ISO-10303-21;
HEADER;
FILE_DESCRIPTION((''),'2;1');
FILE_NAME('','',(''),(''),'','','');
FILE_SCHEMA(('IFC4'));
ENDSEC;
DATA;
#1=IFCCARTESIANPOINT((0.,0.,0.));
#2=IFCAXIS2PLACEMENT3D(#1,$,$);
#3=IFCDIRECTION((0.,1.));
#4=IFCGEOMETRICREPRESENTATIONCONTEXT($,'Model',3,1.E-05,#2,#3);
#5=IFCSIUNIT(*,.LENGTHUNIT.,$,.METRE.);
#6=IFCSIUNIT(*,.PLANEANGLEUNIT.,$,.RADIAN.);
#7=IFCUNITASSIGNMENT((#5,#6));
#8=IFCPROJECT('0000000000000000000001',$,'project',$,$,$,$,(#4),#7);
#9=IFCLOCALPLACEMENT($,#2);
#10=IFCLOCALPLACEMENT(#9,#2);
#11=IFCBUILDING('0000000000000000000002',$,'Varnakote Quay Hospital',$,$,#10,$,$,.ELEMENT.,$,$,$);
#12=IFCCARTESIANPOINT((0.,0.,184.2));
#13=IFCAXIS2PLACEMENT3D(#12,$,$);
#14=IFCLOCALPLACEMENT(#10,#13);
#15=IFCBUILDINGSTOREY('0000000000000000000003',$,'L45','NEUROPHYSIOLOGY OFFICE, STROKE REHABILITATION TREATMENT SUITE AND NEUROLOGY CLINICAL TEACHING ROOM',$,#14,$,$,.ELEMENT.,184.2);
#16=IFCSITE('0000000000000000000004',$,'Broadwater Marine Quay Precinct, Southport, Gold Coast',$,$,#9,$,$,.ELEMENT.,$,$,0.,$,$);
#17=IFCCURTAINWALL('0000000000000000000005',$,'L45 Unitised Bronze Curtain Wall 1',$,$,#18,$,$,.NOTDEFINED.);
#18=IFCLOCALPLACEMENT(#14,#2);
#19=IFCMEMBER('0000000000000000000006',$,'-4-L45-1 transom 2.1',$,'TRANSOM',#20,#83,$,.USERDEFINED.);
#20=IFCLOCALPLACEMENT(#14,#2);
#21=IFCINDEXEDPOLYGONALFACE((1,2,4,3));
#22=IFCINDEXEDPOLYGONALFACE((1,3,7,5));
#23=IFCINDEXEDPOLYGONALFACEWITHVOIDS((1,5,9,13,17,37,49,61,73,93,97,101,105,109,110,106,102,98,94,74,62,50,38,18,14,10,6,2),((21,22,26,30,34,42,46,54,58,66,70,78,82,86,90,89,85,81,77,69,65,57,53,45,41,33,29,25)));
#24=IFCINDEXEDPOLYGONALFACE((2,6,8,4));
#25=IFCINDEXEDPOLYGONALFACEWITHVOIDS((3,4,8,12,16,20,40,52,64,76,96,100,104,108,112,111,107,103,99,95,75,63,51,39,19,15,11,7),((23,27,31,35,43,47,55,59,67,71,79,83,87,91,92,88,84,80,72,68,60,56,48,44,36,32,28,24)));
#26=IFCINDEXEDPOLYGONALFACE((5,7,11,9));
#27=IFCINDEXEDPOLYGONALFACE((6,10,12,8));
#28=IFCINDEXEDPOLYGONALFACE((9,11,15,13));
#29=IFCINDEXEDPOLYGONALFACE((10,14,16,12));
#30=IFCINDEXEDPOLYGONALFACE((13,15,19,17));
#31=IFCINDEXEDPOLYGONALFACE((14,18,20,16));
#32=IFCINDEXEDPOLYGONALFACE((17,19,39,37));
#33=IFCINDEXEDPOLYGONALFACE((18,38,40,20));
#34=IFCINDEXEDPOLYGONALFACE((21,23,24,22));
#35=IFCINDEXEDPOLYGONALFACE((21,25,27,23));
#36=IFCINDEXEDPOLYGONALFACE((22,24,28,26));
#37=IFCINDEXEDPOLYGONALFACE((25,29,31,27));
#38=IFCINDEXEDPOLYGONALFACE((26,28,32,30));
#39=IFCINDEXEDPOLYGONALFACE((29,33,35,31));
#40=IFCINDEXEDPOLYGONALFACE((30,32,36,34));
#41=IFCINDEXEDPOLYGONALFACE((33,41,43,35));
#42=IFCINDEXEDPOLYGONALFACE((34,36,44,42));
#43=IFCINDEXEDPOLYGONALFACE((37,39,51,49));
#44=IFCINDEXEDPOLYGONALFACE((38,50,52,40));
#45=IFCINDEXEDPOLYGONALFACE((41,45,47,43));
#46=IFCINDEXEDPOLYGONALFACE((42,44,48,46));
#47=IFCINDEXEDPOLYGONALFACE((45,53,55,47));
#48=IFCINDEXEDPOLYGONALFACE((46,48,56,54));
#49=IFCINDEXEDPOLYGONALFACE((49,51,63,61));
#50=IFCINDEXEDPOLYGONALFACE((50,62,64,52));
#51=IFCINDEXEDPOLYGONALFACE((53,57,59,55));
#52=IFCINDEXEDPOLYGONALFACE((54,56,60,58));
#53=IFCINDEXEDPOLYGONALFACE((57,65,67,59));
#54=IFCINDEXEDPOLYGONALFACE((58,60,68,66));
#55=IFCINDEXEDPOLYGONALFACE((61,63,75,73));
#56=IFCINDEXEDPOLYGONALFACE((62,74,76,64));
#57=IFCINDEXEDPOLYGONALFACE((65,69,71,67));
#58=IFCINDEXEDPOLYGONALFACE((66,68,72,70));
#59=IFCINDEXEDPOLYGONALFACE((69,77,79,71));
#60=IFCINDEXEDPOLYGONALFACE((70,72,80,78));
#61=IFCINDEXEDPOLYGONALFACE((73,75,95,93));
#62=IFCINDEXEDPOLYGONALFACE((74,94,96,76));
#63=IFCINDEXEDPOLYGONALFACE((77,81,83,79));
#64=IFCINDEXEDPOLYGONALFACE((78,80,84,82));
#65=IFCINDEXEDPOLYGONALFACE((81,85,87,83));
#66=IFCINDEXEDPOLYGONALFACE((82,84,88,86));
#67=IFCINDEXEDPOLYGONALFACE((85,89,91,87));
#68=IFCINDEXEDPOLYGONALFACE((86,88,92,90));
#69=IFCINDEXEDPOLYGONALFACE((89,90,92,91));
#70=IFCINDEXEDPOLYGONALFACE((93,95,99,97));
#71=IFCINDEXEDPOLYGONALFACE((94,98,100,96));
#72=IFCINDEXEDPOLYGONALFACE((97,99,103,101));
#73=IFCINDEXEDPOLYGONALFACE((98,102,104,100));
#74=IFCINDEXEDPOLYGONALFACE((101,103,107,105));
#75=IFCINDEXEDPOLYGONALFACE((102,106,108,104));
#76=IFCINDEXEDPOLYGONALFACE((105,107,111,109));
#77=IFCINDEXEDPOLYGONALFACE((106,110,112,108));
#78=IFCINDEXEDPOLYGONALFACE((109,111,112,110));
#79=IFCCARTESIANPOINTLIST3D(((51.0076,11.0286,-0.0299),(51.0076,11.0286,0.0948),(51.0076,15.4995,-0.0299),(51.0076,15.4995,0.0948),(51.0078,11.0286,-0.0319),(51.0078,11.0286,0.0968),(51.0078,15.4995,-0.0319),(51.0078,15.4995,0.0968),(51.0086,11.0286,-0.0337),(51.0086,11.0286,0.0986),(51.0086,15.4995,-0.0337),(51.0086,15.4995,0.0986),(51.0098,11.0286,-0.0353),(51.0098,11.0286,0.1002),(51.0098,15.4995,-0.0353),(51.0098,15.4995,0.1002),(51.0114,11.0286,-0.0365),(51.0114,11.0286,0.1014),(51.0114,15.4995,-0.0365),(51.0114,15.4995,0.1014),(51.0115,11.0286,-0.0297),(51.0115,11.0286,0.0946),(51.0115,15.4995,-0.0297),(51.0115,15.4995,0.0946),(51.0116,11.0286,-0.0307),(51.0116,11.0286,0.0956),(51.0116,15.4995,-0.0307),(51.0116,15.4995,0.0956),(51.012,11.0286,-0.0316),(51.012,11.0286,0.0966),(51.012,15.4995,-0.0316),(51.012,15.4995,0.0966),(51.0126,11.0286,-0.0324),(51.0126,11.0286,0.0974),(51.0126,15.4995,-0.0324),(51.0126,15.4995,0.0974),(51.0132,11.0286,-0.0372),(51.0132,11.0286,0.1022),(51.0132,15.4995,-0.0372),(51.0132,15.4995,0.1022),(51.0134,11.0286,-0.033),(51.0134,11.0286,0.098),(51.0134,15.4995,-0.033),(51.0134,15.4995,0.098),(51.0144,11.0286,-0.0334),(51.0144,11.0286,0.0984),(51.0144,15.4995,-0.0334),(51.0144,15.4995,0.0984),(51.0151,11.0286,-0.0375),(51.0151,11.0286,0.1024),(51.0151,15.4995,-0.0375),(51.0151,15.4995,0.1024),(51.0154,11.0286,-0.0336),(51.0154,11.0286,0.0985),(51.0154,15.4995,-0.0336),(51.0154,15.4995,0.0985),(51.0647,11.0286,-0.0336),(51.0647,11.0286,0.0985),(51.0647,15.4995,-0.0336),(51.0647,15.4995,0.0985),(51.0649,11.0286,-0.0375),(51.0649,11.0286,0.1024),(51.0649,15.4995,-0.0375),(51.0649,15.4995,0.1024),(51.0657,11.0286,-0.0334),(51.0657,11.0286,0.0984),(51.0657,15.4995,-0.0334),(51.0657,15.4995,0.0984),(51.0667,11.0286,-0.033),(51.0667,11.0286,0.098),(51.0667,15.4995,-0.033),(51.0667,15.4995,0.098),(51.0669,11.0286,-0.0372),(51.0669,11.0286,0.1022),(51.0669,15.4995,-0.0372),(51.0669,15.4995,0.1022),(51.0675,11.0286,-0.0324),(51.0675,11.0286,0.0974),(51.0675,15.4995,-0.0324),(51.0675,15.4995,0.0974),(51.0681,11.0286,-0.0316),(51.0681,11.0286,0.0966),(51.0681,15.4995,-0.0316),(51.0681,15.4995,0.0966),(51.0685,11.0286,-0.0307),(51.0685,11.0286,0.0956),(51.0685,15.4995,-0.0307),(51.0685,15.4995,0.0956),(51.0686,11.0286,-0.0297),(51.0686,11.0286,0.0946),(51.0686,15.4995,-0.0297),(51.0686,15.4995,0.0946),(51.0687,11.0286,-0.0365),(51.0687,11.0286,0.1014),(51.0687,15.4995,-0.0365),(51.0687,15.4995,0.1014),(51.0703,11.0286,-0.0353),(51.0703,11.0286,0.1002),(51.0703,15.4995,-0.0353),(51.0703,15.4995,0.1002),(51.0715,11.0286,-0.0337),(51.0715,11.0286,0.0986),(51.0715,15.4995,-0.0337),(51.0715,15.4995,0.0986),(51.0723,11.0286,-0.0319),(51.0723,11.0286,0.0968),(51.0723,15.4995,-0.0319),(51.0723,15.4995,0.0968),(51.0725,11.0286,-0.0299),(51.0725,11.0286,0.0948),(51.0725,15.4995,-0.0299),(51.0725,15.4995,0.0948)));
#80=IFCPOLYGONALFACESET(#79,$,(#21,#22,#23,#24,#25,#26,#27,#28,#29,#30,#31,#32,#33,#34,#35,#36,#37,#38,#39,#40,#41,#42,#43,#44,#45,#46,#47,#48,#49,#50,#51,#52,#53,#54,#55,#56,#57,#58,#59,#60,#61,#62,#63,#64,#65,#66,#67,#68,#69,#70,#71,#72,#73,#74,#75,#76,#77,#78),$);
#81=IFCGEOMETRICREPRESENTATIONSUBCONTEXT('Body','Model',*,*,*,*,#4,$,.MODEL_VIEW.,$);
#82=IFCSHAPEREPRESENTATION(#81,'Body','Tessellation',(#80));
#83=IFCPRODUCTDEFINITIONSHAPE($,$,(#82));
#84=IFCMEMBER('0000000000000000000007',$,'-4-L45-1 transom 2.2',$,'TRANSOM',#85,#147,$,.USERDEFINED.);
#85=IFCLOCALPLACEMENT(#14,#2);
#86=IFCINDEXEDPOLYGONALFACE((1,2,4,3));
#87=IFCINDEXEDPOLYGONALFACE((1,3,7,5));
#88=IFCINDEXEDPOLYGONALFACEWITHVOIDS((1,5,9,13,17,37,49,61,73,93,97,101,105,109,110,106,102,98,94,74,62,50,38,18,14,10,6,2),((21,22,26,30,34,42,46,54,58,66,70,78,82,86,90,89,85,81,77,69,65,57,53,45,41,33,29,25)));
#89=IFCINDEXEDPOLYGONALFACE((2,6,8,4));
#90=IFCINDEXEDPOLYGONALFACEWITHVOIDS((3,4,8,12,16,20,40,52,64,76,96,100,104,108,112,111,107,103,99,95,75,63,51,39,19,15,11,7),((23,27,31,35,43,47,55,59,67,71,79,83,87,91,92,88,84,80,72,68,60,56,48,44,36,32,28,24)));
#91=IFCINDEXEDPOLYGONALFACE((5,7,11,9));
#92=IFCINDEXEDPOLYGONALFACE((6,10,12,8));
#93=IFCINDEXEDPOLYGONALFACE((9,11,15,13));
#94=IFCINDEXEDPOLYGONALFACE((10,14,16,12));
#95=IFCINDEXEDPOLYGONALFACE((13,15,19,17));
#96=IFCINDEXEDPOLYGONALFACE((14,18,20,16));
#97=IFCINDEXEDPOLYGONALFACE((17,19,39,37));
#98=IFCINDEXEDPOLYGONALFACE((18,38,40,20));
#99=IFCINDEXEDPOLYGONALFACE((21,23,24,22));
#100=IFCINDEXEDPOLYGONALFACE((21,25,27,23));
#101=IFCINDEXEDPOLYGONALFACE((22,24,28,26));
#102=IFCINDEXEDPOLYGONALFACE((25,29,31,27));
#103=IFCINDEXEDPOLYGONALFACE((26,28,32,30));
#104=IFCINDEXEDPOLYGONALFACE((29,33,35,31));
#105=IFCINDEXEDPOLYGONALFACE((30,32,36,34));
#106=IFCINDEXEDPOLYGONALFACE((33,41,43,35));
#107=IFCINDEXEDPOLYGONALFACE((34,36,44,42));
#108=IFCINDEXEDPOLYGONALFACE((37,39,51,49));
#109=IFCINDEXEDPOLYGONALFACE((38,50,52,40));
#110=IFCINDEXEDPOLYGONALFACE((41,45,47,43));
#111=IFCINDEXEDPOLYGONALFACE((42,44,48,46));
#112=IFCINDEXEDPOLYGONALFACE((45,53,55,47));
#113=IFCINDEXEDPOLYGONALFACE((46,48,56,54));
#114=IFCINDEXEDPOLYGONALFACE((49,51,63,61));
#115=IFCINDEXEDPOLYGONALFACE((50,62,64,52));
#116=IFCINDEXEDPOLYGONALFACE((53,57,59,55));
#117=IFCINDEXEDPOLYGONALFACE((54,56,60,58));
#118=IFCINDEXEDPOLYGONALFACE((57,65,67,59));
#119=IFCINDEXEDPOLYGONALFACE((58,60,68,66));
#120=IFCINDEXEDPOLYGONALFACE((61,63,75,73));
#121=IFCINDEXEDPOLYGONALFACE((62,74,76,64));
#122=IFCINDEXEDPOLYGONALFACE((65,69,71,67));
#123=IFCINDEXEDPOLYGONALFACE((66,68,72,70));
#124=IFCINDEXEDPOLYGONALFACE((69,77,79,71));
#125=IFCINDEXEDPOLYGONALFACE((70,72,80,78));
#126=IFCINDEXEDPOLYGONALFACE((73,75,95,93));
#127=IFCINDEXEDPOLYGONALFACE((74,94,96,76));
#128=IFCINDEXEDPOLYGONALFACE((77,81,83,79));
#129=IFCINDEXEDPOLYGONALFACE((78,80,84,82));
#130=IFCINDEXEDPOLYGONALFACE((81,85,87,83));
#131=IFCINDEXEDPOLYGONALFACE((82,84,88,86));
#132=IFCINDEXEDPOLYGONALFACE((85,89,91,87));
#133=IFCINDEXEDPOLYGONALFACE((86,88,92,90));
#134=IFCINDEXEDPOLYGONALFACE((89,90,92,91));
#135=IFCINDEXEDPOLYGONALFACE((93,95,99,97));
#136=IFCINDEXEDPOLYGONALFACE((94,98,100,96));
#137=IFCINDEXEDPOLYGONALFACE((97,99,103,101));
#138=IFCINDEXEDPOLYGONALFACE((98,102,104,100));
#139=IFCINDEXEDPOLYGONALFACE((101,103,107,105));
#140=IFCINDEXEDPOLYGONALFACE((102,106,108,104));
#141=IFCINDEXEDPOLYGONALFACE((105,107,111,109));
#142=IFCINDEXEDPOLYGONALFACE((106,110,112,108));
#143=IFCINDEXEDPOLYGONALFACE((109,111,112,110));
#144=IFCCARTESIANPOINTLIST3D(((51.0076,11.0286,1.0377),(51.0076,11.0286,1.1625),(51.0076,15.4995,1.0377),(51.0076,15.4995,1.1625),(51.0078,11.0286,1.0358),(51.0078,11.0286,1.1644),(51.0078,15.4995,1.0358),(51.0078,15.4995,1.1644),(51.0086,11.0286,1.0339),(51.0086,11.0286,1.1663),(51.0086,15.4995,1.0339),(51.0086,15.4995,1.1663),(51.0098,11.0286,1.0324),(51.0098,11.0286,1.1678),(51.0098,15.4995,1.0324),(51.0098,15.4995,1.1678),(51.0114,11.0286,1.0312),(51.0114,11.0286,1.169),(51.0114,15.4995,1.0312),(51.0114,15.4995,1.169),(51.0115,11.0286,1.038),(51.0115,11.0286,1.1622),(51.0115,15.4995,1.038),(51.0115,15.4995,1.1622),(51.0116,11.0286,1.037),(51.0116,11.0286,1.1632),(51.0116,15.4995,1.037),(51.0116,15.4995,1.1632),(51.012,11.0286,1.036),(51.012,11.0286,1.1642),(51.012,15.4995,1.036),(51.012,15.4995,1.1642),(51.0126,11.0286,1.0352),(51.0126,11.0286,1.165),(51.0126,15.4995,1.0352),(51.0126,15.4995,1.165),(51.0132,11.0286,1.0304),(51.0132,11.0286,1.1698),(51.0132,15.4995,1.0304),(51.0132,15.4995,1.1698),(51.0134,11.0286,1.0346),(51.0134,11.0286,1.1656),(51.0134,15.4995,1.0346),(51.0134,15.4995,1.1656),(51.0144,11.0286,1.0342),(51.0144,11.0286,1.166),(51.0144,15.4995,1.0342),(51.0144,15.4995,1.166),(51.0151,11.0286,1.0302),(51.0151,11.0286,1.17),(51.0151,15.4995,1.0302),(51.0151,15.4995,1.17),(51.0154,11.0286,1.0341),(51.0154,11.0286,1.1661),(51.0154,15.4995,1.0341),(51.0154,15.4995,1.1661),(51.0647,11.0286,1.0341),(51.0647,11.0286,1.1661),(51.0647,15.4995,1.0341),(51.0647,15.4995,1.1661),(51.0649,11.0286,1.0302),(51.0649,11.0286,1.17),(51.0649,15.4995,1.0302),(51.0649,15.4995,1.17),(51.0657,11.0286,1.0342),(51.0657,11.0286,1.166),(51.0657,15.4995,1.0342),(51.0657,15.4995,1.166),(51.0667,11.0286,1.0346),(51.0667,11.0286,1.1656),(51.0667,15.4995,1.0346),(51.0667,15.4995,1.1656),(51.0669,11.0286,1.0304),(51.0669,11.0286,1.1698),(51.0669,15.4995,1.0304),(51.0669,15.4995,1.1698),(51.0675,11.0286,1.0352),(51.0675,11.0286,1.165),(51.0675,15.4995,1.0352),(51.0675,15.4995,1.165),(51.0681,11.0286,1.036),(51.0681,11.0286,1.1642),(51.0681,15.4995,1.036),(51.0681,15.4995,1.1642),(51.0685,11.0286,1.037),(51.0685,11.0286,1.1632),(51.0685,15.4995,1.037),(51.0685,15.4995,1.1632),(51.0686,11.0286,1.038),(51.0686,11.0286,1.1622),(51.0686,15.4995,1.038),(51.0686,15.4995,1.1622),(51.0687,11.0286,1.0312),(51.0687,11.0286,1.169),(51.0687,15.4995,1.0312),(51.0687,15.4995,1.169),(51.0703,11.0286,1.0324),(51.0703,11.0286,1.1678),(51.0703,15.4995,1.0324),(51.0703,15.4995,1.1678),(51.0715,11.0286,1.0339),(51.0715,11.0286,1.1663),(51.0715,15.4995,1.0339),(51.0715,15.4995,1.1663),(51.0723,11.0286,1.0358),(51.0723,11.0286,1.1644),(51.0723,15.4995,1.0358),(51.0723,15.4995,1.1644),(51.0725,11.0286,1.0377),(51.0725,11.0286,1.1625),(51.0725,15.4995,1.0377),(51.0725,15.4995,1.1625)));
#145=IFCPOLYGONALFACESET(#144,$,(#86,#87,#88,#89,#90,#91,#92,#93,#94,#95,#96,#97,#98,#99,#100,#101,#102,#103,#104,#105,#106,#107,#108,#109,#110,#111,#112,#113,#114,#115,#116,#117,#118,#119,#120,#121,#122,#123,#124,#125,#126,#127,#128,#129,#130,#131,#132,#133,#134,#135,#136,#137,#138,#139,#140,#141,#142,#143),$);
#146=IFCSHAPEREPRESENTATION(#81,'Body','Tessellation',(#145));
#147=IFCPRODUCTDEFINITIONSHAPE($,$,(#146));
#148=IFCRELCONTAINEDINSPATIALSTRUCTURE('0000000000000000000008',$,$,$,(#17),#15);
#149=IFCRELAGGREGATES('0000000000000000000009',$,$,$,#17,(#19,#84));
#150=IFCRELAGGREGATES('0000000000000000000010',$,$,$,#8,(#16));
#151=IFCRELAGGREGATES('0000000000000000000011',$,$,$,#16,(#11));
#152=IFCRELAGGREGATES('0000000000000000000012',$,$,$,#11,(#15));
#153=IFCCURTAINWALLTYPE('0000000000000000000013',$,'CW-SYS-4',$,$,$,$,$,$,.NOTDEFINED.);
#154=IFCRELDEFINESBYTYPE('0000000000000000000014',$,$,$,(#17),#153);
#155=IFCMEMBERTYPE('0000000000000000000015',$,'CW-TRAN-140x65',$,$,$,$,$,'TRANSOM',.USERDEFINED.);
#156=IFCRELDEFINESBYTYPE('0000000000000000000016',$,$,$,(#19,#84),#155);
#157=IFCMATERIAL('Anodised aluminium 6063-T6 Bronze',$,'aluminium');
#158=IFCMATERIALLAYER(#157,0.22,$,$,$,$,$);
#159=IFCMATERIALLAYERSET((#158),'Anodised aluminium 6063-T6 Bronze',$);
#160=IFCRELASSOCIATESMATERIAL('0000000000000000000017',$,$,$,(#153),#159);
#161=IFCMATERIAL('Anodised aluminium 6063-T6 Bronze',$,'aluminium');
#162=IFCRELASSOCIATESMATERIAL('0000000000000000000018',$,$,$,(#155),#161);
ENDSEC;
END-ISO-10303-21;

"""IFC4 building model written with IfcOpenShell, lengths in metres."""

from ifc_helpers import new_model, si_unit, direction, frame, origin, origin_2d, place, context, subcontext, project, spatial, hollow_rectangle, extrude, material, layer, layer_set, material_profile, profile_set, type_object, element, aggregate, save


model = new_model("IFC4")

# Units and contexts
model_context = context("Model", 3, precision=1e-05, world=origin(), true_north=direction((0.0, 1.0)))
body_context = subcontext(model_context, "Body", "Model", "MODEL_VIEW")
ifc_project = project(units=[si_unit("LENGTHUNIT", "METRE"), si_unit("PLANEANGLEUNIT", "RADIAN")], contexts=[model_context])

# Site, building, storey
site_placement = place(None, origin())
site = spatial("IfcSite", under=ifc_project, at=site_placement, Name="Broadwater Marine Quay Precinct, Southport, Gold Coast", CompositionType="ELEMENT", RefElevation=0.0)
building_placement = place(site_placement, origin())
building = spatial("IfcBuilding", under=site, at=building_placement, Name="Varnakote Quay Hospital", CompositionType="ELEMENT")
storey_placement = place(building_placement, frame((0.0, 0.0, 184.2)))
storey = spatial("IfcBuildingStorey", under=building, at=storey_placement, Name="L45", Description="NEUROPHYSIOLOGY OFFICE, STROKE REHABILITATION TREATMENT SUITE AND NEUROLOGY CLINICAL TEACHING ROOM", CompositionType="ELEMENT", Elevation=184.2)

# Curtain wall, members
ifc_material_1 = material(Name="Anodised aluminium 6063-T6 Bronze", Category="aluminium")
ifc_layer_1 = layer(ifc_material_1, 0.22)
ifc_layer_set_1 = layer_set([ifc_layer_1], Name="Anodised aluminium 6063-T6 Bronze")
curtain_wall_type = type_object("IfcCurtainWallType", Name="CW-SYS-4", PredefinedType="NOTDEFINED", material=ifc_layer_set_1)
curtain_wall_placement = place(storey_placement, origin())
curtain_wall = element("IfcCurtainWall", 1, at=curtain_wall_placement, inside=storey, type_object=curtain_wall_type, Name="L45 Unitised Bronze Curtain Wall 1", PredefinedType="NOTDEFINED")
ifc_material_2 = material(Name="Anodised aluminium 6063-T6 Bronze", Category="aluminium")
ifc_material_profile_1 = material_profile(ifc_material_2, hollow_rectangle(XDim=0.0649, YDim=0.1399, WallThickness=0.0039, InnerFilletRadius=0.0039, OuterFilletRadius=0.0076, at=origin_2d()), Name="CW-TRAN-140x65")
ifc_profile_set_1 = profile_set([ifc_material_profile_1], Name="Anodised aluminium 6063-T6 Bronze")
member_type_1 = type_object("IfcMemberType", Name="CW-TRAN-140x65", ElementType="TRANSOM", PredefinedType="USERDEFINED", material=ifc_profile_set_1)
member_1_placement = place(storey_placement, frame((51.04, 11.0286, 0.0325), z_axis=(0.0, 1.0, 0.0), x_axis=(-1.0, 0.0, 0.0)))
member_1 = element("IfcMember", 2, at=member_1_placement, type_object=member_type_1, Name="-4-L45-1 transom 2.1", ObjectType="TRANSOM", PredefinedType="USERDEFINED", context=body_context, shape_type="SweptSolid", body=[
    extrude(hollow_rectangle(XDim=0.0649, YDim=0.1399, WallThickness=0.0039, InnerFilletRadius=0.0039, OuterFilletRadius=0.0076, at=origin_2d()), origin(), (0.0, 0.0, 1.0), 4.4709),
])
member_2_placement = place(storey_placement, frame((51.04, 11.0286, 1.1001), z_axis=(0.0, 1.0, 0.0), x_axis=(-1.0, 0.0, 0.0)))
member_2 = element("IfcMember", 3, at=member_2_placement, type_object=member_type_1, Name="-4-L45-1 transom 2.2", ObjectType="TRANSOM", PredefinedType="USERDEFINED", context=body_context, shape_type="SweptSolid", body=[
    extrude(hollow_rectangle(XDim=0.0649, YDim=0.1399, WallThickness=0.0039, InnerFilletRadius=0.0039, OuterFilletRadius=0.0076, at=origin_2d()), origin(), (0.0, 0.0, 1.0), 4.4709),
])
aggregate(curtain_wall, [member_1, member_2])

save(model, "model.ifc")
